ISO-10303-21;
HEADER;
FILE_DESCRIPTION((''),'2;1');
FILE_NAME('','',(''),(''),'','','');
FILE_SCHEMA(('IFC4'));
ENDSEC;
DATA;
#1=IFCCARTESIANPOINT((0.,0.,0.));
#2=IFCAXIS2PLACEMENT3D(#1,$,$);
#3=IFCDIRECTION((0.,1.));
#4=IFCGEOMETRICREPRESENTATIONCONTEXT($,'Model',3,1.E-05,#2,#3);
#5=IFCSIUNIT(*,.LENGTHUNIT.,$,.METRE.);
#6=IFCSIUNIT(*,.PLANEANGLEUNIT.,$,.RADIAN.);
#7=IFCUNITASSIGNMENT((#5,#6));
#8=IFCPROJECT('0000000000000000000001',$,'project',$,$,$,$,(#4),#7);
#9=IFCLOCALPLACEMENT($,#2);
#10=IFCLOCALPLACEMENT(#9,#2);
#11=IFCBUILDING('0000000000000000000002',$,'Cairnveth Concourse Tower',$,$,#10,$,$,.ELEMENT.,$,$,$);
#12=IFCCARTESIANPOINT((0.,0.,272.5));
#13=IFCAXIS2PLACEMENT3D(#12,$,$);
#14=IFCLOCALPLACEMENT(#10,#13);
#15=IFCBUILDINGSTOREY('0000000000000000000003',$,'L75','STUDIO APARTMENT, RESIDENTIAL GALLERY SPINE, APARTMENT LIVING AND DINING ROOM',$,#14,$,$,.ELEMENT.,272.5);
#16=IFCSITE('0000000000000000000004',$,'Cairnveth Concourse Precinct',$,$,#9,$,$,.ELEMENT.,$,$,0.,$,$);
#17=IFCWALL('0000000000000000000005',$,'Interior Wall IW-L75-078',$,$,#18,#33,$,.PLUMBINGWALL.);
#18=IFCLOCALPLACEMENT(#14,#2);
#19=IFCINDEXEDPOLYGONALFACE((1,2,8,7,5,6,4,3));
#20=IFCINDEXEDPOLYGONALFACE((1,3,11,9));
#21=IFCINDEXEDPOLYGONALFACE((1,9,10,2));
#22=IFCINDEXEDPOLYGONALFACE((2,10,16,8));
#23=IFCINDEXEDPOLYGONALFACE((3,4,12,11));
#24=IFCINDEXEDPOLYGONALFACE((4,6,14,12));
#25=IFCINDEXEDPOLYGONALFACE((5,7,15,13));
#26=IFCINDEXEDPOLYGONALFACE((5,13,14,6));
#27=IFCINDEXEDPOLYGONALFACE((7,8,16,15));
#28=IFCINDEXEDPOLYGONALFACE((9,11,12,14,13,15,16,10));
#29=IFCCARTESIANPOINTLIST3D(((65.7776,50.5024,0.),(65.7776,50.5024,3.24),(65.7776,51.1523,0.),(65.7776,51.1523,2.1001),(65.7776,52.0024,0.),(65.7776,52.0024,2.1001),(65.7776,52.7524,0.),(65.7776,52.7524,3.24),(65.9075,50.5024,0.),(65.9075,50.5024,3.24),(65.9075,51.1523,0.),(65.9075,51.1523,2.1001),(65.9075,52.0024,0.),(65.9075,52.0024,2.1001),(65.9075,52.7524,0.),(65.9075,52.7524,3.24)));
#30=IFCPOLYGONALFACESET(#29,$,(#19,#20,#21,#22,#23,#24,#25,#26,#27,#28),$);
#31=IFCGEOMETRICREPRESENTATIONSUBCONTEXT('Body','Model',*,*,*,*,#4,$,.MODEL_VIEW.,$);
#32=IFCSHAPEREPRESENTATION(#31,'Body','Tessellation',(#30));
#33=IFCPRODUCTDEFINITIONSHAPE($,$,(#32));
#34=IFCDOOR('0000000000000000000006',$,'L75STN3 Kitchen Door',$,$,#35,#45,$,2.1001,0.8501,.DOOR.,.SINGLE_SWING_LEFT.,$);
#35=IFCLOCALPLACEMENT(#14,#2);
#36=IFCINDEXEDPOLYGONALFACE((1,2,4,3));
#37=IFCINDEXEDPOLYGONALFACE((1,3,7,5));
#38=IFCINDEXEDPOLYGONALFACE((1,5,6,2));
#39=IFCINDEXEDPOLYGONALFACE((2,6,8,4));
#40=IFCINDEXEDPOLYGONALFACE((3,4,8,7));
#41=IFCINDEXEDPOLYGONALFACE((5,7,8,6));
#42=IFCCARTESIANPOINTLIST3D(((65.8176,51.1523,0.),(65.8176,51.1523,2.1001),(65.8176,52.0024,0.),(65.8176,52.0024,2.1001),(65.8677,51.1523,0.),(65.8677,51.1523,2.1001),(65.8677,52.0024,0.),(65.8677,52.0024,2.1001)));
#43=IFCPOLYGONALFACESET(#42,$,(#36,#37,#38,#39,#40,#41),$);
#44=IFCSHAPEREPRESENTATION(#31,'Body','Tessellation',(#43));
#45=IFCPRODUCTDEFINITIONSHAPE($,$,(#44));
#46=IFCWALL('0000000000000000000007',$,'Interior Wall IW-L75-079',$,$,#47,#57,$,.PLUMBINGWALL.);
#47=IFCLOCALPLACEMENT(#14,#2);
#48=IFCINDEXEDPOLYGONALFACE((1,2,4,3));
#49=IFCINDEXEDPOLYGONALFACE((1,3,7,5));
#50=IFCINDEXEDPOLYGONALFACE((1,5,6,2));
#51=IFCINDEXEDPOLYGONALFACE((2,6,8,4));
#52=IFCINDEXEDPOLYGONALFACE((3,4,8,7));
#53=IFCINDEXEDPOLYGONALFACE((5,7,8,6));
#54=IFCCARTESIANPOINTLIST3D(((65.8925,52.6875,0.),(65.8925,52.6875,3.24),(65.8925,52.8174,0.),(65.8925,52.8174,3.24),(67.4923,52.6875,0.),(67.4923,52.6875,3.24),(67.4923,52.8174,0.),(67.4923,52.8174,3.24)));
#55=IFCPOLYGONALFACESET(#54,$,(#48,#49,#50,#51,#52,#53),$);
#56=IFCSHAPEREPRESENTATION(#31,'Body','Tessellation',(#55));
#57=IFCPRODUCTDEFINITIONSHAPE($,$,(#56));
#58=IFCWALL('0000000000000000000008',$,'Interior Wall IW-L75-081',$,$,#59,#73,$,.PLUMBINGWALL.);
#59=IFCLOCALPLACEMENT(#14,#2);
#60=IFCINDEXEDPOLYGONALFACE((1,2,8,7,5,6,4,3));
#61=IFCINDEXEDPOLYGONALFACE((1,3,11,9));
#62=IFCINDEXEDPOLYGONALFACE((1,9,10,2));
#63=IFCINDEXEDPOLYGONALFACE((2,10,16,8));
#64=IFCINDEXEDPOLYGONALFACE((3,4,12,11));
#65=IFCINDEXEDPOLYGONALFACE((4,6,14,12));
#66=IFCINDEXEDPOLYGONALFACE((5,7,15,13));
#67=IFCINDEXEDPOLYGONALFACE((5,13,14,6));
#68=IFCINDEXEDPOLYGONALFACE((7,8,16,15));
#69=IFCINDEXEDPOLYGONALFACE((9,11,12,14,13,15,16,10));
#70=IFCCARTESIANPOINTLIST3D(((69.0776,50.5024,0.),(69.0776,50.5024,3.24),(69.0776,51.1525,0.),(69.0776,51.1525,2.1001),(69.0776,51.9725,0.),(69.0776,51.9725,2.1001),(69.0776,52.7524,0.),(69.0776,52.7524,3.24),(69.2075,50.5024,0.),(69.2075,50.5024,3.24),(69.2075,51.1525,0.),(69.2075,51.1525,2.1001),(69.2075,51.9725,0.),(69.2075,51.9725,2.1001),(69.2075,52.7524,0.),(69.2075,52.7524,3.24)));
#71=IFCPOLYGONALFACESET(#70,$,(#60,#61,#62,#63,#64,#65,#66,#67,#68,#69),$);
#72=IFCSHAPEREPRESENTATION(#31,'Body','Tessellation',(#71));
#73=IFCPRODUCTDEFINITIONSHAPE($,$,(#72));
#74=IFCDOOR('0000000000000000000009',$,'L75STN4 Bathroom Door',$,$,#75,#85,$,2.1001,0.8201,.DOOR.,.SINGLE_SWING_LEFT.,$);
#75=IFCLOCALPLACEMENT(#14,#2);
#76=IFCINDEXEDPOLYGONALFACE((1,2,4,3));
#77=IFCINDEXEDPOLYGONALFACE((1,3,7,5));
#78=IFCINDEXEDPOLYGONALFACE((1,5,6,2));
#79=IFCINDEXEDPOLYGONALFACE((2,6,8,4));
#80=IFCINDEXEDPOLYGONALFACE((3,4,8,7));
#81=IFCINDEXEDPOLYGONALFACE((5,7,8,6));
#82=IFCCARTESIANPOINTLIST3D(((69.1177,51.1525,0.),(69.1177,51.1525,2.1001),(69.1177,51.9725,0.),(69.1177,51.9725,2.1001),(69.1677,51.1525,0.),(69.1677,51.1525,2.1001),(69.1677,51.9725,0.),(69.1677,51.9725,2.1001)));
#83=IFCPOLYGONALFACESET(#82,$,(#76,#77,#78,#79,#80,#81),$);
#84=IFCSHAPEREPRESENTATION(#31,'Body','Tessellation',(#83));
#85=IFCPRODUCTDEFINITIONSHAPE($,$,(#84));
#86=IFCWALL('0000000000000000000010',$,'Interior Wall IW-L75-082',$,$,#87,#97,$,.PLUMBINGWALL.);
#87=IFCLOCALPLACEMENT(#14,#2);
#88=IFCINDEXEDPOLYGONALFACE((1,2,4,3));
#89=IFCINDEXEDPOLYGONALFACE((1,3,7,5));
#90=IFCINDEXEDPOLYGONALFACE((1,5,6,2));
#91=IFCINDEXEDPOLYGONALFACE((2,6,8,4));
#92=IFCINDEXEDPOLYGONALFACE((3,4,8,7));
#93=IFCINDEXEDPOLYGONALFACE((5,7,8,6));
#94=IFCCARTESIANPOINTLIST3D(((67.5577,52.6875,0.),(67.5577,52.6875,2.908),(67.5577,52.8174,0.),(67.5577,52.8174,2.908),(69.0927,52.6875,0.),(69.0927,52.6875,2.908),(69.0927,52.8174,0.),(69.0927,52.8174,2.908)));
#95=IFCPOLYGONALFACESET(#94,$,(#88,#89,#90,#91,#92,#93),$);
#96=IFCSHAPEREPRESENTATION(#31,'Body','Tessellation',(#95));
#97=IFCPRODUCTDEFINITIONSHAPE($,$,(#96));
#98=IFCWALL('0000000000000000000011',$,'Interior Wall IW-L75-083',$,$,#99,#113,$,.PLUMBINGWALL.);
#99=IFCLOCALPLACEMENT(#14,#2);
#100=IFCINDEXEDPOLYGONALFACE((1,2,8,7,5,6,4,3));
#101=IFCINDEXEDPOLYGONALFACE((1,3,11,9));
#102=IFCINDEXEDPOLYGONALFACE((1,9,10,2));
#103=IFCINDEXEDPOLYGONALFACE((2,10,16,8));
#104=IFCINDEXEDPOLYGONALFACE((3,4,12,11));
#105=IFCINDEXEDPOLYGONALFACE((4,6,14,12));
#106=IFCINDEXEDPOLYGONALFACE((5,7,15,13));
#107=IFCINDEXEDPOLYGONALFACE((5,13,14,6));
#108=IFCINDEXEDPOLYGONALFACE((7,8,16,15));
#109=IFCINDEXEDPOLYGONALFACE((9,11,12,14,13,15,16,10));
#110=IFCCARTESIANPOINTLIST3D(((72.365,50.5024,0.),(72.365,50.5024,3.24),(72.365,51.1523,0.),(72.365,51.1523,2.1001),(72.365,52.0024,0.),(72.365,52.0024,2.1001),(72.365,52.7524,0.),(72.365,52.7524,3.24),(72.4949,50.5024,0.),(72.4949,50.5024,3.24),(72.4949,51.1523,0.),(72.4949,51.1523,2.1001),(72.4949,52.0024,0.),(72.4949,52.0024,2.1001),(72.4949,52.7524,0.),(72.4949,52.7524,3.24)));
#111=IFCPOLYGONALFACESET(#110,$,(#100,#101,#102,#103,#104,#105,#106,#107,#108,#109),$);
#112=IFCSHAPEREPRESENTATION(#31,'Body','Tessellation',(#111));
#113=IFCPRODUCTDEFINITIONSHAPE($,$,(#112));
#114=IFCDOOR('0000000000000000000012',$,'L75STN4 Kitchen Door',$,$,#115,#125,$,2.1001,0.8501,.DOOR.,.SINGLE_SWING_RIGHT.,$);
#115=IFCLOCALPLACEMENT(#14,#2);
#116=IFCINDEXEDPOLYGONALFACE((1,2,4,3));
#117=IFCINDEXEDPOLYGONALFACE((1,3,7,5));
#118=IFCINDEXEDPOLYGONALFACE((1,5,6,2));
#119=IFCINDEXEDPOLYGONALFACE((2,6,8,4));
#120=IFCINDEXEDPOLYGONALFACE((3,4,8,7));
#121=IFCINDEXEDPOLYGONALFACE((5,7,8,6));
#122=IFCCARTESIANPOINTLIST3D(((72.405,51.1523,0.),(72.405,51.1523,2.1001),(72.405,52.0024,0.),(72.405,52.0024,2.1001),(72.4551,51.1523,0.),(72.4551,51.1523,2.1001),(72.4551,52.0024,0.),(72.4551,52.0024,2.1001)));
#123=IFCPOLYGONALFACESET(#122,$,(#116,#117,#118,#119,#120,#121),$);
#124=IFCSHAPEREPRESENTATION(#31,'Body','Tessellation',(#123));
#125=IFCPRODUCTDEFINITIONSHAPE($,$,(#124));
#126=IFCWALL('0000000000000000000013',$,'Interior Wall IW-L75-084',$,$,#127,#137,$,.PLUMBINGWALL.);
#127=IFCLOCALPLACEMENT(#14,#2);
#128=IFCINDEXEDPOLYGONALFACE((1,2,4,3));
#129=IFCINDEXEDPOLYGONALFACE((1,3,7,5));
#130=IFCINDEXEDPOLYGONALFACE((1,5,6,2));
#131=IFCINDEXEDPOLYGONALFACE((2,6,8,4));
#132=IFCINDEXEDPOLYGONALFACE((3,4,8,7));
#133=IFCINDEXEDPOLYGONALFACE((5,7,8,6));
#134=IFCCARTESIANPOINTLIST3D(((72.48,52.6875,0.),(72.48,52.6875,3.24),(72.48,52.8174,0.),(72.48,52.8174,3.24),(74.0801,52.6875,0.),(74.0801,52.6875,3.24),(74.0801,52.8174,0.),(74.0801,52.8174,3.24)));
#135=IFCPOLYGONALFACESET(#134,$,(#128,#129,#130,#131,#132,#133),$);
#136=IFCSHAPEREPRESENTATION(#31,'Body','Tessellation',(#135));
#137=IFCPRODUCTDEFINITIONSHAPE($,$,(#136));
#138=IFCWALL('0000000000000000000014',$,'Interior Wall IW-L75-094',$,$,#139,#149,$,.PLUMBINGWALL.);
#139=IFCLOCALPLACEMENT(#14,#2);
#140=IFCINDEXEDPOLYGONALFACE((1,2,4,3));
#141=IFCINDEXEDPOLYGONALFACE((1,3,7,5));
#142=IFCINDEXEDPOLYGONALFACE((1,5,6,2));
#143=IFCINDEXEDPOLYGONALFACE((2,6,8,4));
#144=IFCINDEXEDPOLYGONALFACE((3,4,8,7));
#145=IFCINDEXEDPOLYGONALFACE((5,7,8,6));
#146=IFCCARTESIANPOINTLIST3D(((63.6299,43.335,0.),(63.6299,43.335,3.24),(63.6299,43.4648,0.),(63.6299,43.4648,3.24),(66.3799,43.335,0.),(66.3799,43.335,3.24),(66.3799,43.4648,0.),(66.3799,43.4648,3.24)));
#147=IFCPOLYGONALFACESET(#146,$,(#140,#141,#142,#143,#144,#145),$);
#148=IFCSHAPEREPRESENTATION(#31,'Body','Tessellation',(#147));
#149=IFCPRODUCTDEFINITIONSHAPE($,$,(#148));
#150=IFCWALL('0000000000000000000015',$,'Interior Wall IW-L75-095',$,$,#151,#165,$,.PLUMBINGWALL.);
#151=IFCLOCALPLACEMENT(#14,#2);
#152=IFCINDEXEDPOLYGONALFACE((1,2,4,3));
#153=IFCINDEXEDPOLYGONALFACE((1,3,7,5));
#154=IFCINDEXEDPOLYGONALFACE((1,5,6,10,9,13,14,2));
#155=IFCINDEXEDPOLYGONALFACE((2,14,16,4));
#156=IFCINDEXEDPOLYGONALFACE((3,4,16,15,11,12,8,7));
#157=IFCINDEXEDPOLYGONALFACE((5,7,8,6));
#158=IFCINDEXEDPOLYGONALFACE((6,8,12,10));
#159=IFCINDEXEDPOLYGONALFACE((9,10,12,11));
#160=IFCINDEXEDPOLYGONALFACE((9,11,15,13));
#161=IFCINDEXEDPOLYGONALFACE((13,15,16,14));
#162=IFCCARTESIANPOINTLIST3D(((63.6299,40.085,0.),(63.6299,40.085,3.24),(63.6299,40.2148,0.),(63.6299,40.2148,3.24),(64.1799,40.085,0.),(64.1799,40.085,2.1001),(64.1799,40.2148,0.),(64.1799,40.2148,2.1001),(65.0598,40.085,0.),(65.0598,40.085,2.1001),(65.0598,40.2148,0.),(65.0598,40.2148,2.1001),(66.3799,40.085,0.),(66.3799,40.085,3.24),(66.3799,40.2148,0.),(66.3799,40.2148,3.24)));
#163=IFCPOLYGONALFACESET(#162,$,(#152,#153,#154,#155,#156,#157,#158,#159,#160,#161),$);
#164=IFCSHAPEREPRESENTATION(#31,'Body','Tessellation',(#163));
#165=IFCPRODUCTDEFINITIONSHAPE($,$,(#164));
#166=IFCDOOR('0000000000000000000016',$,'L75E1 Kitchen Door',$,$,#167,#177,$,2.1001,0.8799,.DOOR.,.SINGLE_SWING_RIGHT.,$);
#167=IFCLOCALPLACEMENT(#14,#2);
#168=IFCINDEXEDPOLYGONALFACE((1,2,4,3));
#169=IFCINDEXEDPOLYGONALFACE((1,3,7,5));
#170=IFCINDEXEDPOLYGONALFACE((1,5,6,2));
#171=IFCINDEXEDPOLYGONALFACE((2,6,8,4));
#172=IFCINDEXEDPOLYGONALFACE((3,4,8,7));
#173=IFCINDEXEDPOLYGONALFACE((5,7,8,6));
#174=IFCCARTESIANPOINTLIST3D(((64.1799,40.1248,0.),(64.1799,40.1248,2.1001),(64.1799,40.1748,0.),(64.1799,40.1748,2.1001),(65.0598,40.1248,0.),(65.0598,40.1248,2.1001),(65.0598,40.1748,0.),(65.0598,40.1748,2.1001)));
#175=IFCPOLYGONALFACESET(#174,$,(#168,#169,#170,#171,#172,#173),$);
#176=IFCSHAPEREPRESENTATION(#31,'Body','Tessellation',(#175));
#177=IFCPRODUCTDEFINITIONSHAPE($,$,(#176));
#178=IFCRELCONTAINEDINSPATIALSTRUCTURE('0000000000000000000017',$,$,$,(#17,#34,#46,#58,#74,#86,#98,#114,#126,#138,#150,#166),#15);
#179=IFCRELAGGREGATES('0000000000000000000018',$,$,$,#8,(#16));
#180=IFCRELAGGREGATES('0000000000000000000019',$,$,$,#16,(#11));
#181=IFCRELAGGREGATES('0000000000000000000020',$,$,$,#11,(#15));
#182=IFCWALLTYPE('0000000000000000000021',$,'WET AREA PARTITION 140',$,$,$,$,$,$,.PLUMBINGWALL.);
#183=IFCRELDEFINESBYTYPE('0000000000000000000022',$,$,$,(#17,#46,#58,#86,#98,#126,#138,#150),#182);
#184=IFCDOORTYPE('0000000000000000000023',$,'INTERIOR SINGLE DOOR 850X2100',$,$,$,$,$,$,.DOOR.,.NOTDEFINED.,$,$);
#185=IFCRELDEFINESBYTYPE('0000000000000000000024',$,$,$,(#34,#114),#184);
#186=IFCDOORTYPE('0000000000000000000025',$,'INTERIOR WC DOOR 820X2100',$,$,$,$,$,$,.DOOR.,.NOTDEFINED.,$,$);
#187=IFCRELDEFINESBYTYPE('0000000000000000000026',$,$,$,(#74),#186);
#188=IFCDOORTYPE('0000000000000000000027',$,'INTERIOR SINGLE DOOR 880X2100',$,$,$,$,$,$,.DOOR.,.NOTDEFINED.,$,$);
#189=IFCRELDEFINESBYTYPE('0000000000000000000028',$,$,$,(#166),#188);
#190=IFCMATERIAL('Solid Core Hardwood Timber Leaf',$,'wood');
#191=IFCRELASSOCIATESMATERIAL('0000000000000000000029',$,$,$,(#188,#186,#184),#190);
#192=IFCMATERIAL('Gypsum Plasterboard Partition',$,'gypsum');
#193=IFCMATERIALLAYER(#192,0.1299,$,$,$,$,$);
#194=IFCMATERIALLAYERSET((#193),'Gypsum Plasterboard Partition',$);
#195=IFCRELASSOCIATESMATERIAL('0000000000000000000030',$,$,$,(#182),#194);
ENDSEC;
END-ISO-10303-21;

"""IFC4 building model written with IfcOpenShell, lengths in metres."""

from ifc_helpers import new_model, si_unit, direction, frame, frame_2d, origin, place, context, subcontext, project, spatial, rectangle, extrude, material, layer, layer_set, type_object, element, fill, save


model = new_model("IFC4")

# Units and contexts
model_context = context("Model", 3, precision=1e-05, world=origin(), true_north=direction((0.0, 1.0)))
body_context = subcontext(model_context, "Body", "Model", "MODEL_VIEW")
ifc_project = project(units=[si_unit("LENGTHUNIT", "METRE"), si_unit("PLANEANGLEUNIT", "RADIAN")], contexts=[model_context])

# Site, building, storey
site_placement = place(None, origin())
site = spatial("IfcSite", under=ifc_project, at=site_placement, Name="Cairnveth Concourse Precinct", CompositionType="ELEMENT", RefElevation=0.0)
building_placement = place(site_placement, origin())
building = spatial("IfcBuilding", under=site, at=building_placement, Name="Cairnveth Concourse Tower", CompositionType="ELEMENT")
storey_placement = place(building_placement, frame((0.0, 0.0, 272.5)))
storey = spatial("IfcBuildingStorey", under=building, at=storey_placement, Name="L75", Description="STUDIO APARTMENT, RESIDENTIAL GALLERY SPINE, APARTMENT LIVING AND DINING ROOM", CompositionType="ELEMENT", Elevation=272.5)

# Shared definitions
ifc_material_1 = material(Name="Gypsum Plasterboard Partition", Category="gypsum")

# Wall, opening, door
ifc_material_2 = material(Name="Solid Core Hardwood Timber Leaf", Category="wood")
door_type_1 = type_object("IfcDoorType", Name="INTERIOR SINGLE DOOR 880X2100", OperationType="NOTDEFINED", PredefinedType="DOOR", material=ifc_material_2)
door_type_2 = type_object("IfcDoorType", Name="INTERIOR WC DOOR 820X2100", OperationType="NOTDEFINED", PredefinedType="DOOR", material=ifc_material_2)
ifc_layer_1 = layer(ifc_material_1, 0.1299)
ifc_layer_set_1 = layer_set([ifc_layer_1], Name="Gypsum Plasterboard Partition")
wall_type_1 = type_object("IfcWallType", Name="WET AREA PARTITION 140", PredefinedType="PLUMBINGWALL", material=ifc_layer_set_1)
wall_1_placement = place(storey_placement, frame((65.8425, 50.5024, 0.0), z_axis=(0.0, 0.0, 1.0), x_axis=(0.0, 1.0, 0.0)))
wall_1 = element("IfcWall", 1, at=wall_1_placement, inside=storey, type_object=wall_type_1, Name="Interior Wall IW-L75-078", PredefinedType="PLUMBINGWALL", context=body_context, shape_type="SweptSolid", body=[
    extrude(rectangle(XDim=2.25, YDim=0.1299, at=frame_2d((1.125, 0.0))), origin(), (0.0, 0.0, 1.0), 3.24),
])
opening_1_placement = place(wall_1_placement, frame((0.6499, 0.0, 0.0)))
opening_1 = element("IfcOpeningElement", 2, at=opening_1_placement, cuts=wall_1, PredefinedType="OPENING", context=body_context, shape_type="SweptSolid", body=[
    extrude(rectangle(XDim=0.8501, YDim=2.1001, at=frame_2d((0.425, 1.05))), frame((0.0, 0.075, 0.0), z_axis=(0.0, -1.0, 0.0), x_axis=(1.0, 0.0, 0.0)), (0.0, 0.0, 1.0), 0.1499),
])
door_type_3 = type_object("IfcDoorType", Name="INTERIOR SINGLE DOOR 850X2100", OperationType="NOTDEFINED", PredefinedType="DOOR", material=ifc_material_2)
door_1_placement = place(opening_1_placement, origin())
door_1 = element("IfcDoor", 3, at=door_1_placement, inside=storey, type_object=door_type_3, Name="L75STN3 Kitchen Door", OperationType="SINGLE_SWING_LEFT", OverallHeight=2.1001, OverallWidth=0.8501, PredefinedType="DOOR", context=body_context, shape_type="SweptSolid", body=[
    extrude(rectangle(XDim=0.8501, YDim=2.1001, at=frame_2d((0.425, 1.05))), frame((0.0, 0.0249, 0.0), z_axis=(0.0, -1.0, 0.0), x_axis=(1.0, 0.0, 0.0)), (0.0, 0.0, 1.0), 0.05),
])
fill(opening_1, door_1)

# Wall
wall_2_placement = place(storey_placement, frame((65.8926, 52.7524, 0.0), z_axis=(0.0, 0.0, 1.0), x_axis=(1.0, 0.0, 0.0)))
element("IfcWall", 4, at=wall_2_placement, inside=storey, type_object=wall_type_1, Name="Interior Wall IW-L75-079", PredefinedType="PLUMBINGWALL", context=body_context, shape_type="SweptSolid", body=[
    extrude(rectangle(XDim=1.5999, YDim=0.1299, at=frame_2d((0.7998, 0.0))), origin(), (0.0, 0.0, 1.0), 3.24),
])

# Wall, opening, door
wall_3_placement = place(storey_placement, frame((69.1426, 50.5024, 0.0), z_axis=(0.0, 0.0, 1.0), x_axis=(0.0, 1.0, 0.0)))
wall_3 = element("IfcWall", 5, at=wall_3_placement, inside=storey, type_object=wall_type_1, Name="Interior Wall IW-L75-081", PredefinedType="PLUMBINGWALL", context=body_context, shape_type="SweptSolid", body=[
    extrude(rectangle(XDim=2.25, YDim=0.1299, at=frame_2d((1.125, 0.0))), origin(), (0.0, 0.0, 1.0), 3.24),
])
opening_2_placement = place(wall_3_placement, frame((0.6499, 0.0, 0.0)))
opening_2 = element("IfcOpeningElement", 6, at=opening_2_placement, cuts=wall_3, PredefinedType="OPENING", context=body_context, shape_type="SweptSolid", body=[
    extrude(rectangle(XDim=0.8201, YDim=2.1001, at=frame_2d((0.4102, 1.05))), frame((0.0, 0.075, 0.0), z_axis=(0.0, -1.0, 0.0), x_axis=(1.0, 0.0, 0.0)), (0.0, 0.0, 1.0), 0.1499),
])
door_2_placement = place(opening_2_placement, origin())
door_2 = element("IfcDoor", 7, at=door_2_placement, inside=storey, type_object=door_type_2, Name="L75STN4 Bathroom Door", OperationType="SINGLE_SWING_LEFT", OverallHeight=2.1001, OverallWidth=0.8201, PredefinedType="DOOR", context=body_context, shape_type="SweptSolid", body=[
    extrude(rectangle(XDim=0.8201, YDim=2.1001, at=frame_2d((0.4102, 1.05))), frame((0.0, 0.0249, 0.0), z_axis=(0.0, -1.0, 0.0), x_axis=(1.0, 0.0, 0.0)), (0.0, 0.0, 1.0), 0.05),
])
fill(opening_2, door_2)

# Wall
wall_4_placement = place(storey_placement, frame((67.5576, 52.7524, 0.0), z_axis=(0.0, 0.0, 1.0), x_axis=(1.0, 0.0, 0.0)))
element("IfcWall", 8, at=wall_4_placement, inside=storey, type_object=wall_type_1, Name="Interior Wall IW-L75-082", PredefinedType="PLUMBINGWALL", context=body_context, shape_type="SweptSolid", body=[
    extrude(rectangle(XDim=1.5349, YDim=0.1299, at=frame_2d((0.7676, 0.0))), origin(), (0.0, 0.0, 1.0), 2.908),
])

# Wall, opening, door
wall_5_placement = place(storey_placement, frame((72.4299, 50.5024, 0.0), z_axis=(0.0, 0.0, 1.0), x_axis=(0.0, 1.0, 0.0)))
wall_5 = element("IfcWall", 9, at=wall_5_placement, inside=storey, type_object=wall_type_1, Name="Interior Wall IW-L75-083", PredefinedType="PLUMBINGWALL", context=body_context, shape_type="SweptSolid", body=[
    extrude(rectangle(XDim=2.25, YDim=0.1299, at=frame_2d((1.125, 0.0))), origin(), (0.0, 0.0, 1.0), 3.24),
])
opening_3_placement = place(wall_5_placement, frame((0.6499, 0.0, 0.0)))
opening_3 = element("IfcOpeningElement", 10, at=opening_3_placement, cuts=wall_5, PredefinedType="OPENING", context=body_context, shape_type="SweptSolid", body=[
    extrude(rectangle(XDim=0.8501, YDim=2.1001, at=frame_2d((0.425, 1.05))), frame((0.0, 0.075, 0.0), z_axis=(0.0, -1.0, 0.0), x_axis=(1.0, 0.0, 0.0)), (0.0, 0.0, 1.0), 0.1499),
])
door_3_placement = place(opening_3_placement, origin())
door_3 = element("IfcDoor", 11, at=door_3_placement, inside=storey, type_object=door_type_3, Name="L75STN4 Kitchen Door", OperationType="SINGLE_SWING_RIGHT", OverallHeight=2.1001, OverallWidth=0.8501, PredefinedType="DOOR", context=body_context, shape_type="SweptSolid", body=[
    extrude(rectangle(XDim=0.8501, YDim=2.1001, at=frame_2d((0.425, 1.05))), frame((0.0, 0.0249, 0.0), z_axis=(0.0, -1.0, 0.0), x_axis=(1.0, 0.0, 0.0)), (0.0, 0.0, 1.0), 0.05),
])
fill(opening_3, door_3)

# Walls
wall_6_placement = place(storey_placement, frame((72.48, 52.7524, 0.0), z_axis=(0.0, 0.0, 1.0), x_axis=(1.0, 0.0, 0.0)))
element("IfcWall", 12, at=wall_6_placement, inside=storey, type_object=wall_type_1, Name="Interior Wall IW-L75-084", PredefinedType="PLUMBINGWALL", context=body_context, shape_type="SweptSolid", body=[
    extrude(rectangle(XDim=1.6001, YDim=0.1299, at=frame_2d((0.8, 0.0))), origin(), (0.0, 0.0, 1.0), 3.24),
])
wall_7_placement = place(storey_placement, frame((63.6299, 43.3999, 0.0), z_axis=(0.0, 0.0, 1.0), x_axis=(1.0, 0.0, 0.0)))
element("IfcWall", 13, at=wall_7_placement, inside=storey, type_object=wall_type_1, Name="Interior Wall IW-L75-094", PredefinedType="PLUMBINGWALL", context=body_context, shape_type="SweptSolid", body=[
    extrude(rectangle(XDim=2.75, YDim=0.1299, at=frame_2d((1.375, 0.0))), origin(), (0.0, 0.0, 1.0), 3.24),
])

# Wall, opening, door
wall_8_placement = place(storey_placement, frame((63.6299, 40.1499, 0.0), z_axis=(0.0, 0.0, 1.0), x_axis=(1.0, 0.0, 0.0)))
wall_8 = element("IfcWall", 14, at=wall_8_placement, inside=storey, type_object=wall_type_1, Name="Interior Wall IW-L75-095", PredefinedType="PLUMBINGWALL", context=body_context, shape_type="SweptSolid", body=[
    extrude(rectangle(XDim=2.75, YDim=0.1299, at=frame_2d((1.375, 0.0))), origin(), (0.0, 0.0, 1.0), 3.24),
])
opening_4_placement = place(wall_8_placement, frame((0.55, 0.0, 0.0)))
opening_4 = element("IfcOpeningElement", 15, at=opening_4_placement, cuts=wall_8, PredefinedType="OPENING", context=body_context, shape_type="SweptSolid", body=[
    extrude(rectangle(XDim=0.8799, YDim=2.1001, at=frame_2d((0.4399, 1.05))), frame((0.0, 0.075, 0.0), z_axis=(0.0, -1.0, 0.0), x_axis=(1.0, 0.0, 0.0)), (0.0, 0.0, 1.0), 0.1499),
])
door_4_placement = place(opening_4_placement, origin())
door_4 = element("IfcDoor", 16, at=door_4_placement, inside=storey, type_object=door_type_1, Name="L75E1 Kitchen Door", OperationType="SINGLE_SWING_RIGHT", OverallHeight=2.1001, OverallWidth=0.8799, PredefinedType="DOOR", context=body_context, shape_type="SweptSolid", body=[
    extrude(rectangle(XDim=0.8799, YDim=2.1001, at=frame_2d((0.4399, 1.05))), frame((0.0, 0.0249, 0.0), z_axis=(0.0, -1.0, 0.0), x_axis=(1.0, 0.0, 0.0)), (0.0, 0.0, 1.0), 0.05),
])
fill(opening_4, door_4)

save(model, "model.ifc")
